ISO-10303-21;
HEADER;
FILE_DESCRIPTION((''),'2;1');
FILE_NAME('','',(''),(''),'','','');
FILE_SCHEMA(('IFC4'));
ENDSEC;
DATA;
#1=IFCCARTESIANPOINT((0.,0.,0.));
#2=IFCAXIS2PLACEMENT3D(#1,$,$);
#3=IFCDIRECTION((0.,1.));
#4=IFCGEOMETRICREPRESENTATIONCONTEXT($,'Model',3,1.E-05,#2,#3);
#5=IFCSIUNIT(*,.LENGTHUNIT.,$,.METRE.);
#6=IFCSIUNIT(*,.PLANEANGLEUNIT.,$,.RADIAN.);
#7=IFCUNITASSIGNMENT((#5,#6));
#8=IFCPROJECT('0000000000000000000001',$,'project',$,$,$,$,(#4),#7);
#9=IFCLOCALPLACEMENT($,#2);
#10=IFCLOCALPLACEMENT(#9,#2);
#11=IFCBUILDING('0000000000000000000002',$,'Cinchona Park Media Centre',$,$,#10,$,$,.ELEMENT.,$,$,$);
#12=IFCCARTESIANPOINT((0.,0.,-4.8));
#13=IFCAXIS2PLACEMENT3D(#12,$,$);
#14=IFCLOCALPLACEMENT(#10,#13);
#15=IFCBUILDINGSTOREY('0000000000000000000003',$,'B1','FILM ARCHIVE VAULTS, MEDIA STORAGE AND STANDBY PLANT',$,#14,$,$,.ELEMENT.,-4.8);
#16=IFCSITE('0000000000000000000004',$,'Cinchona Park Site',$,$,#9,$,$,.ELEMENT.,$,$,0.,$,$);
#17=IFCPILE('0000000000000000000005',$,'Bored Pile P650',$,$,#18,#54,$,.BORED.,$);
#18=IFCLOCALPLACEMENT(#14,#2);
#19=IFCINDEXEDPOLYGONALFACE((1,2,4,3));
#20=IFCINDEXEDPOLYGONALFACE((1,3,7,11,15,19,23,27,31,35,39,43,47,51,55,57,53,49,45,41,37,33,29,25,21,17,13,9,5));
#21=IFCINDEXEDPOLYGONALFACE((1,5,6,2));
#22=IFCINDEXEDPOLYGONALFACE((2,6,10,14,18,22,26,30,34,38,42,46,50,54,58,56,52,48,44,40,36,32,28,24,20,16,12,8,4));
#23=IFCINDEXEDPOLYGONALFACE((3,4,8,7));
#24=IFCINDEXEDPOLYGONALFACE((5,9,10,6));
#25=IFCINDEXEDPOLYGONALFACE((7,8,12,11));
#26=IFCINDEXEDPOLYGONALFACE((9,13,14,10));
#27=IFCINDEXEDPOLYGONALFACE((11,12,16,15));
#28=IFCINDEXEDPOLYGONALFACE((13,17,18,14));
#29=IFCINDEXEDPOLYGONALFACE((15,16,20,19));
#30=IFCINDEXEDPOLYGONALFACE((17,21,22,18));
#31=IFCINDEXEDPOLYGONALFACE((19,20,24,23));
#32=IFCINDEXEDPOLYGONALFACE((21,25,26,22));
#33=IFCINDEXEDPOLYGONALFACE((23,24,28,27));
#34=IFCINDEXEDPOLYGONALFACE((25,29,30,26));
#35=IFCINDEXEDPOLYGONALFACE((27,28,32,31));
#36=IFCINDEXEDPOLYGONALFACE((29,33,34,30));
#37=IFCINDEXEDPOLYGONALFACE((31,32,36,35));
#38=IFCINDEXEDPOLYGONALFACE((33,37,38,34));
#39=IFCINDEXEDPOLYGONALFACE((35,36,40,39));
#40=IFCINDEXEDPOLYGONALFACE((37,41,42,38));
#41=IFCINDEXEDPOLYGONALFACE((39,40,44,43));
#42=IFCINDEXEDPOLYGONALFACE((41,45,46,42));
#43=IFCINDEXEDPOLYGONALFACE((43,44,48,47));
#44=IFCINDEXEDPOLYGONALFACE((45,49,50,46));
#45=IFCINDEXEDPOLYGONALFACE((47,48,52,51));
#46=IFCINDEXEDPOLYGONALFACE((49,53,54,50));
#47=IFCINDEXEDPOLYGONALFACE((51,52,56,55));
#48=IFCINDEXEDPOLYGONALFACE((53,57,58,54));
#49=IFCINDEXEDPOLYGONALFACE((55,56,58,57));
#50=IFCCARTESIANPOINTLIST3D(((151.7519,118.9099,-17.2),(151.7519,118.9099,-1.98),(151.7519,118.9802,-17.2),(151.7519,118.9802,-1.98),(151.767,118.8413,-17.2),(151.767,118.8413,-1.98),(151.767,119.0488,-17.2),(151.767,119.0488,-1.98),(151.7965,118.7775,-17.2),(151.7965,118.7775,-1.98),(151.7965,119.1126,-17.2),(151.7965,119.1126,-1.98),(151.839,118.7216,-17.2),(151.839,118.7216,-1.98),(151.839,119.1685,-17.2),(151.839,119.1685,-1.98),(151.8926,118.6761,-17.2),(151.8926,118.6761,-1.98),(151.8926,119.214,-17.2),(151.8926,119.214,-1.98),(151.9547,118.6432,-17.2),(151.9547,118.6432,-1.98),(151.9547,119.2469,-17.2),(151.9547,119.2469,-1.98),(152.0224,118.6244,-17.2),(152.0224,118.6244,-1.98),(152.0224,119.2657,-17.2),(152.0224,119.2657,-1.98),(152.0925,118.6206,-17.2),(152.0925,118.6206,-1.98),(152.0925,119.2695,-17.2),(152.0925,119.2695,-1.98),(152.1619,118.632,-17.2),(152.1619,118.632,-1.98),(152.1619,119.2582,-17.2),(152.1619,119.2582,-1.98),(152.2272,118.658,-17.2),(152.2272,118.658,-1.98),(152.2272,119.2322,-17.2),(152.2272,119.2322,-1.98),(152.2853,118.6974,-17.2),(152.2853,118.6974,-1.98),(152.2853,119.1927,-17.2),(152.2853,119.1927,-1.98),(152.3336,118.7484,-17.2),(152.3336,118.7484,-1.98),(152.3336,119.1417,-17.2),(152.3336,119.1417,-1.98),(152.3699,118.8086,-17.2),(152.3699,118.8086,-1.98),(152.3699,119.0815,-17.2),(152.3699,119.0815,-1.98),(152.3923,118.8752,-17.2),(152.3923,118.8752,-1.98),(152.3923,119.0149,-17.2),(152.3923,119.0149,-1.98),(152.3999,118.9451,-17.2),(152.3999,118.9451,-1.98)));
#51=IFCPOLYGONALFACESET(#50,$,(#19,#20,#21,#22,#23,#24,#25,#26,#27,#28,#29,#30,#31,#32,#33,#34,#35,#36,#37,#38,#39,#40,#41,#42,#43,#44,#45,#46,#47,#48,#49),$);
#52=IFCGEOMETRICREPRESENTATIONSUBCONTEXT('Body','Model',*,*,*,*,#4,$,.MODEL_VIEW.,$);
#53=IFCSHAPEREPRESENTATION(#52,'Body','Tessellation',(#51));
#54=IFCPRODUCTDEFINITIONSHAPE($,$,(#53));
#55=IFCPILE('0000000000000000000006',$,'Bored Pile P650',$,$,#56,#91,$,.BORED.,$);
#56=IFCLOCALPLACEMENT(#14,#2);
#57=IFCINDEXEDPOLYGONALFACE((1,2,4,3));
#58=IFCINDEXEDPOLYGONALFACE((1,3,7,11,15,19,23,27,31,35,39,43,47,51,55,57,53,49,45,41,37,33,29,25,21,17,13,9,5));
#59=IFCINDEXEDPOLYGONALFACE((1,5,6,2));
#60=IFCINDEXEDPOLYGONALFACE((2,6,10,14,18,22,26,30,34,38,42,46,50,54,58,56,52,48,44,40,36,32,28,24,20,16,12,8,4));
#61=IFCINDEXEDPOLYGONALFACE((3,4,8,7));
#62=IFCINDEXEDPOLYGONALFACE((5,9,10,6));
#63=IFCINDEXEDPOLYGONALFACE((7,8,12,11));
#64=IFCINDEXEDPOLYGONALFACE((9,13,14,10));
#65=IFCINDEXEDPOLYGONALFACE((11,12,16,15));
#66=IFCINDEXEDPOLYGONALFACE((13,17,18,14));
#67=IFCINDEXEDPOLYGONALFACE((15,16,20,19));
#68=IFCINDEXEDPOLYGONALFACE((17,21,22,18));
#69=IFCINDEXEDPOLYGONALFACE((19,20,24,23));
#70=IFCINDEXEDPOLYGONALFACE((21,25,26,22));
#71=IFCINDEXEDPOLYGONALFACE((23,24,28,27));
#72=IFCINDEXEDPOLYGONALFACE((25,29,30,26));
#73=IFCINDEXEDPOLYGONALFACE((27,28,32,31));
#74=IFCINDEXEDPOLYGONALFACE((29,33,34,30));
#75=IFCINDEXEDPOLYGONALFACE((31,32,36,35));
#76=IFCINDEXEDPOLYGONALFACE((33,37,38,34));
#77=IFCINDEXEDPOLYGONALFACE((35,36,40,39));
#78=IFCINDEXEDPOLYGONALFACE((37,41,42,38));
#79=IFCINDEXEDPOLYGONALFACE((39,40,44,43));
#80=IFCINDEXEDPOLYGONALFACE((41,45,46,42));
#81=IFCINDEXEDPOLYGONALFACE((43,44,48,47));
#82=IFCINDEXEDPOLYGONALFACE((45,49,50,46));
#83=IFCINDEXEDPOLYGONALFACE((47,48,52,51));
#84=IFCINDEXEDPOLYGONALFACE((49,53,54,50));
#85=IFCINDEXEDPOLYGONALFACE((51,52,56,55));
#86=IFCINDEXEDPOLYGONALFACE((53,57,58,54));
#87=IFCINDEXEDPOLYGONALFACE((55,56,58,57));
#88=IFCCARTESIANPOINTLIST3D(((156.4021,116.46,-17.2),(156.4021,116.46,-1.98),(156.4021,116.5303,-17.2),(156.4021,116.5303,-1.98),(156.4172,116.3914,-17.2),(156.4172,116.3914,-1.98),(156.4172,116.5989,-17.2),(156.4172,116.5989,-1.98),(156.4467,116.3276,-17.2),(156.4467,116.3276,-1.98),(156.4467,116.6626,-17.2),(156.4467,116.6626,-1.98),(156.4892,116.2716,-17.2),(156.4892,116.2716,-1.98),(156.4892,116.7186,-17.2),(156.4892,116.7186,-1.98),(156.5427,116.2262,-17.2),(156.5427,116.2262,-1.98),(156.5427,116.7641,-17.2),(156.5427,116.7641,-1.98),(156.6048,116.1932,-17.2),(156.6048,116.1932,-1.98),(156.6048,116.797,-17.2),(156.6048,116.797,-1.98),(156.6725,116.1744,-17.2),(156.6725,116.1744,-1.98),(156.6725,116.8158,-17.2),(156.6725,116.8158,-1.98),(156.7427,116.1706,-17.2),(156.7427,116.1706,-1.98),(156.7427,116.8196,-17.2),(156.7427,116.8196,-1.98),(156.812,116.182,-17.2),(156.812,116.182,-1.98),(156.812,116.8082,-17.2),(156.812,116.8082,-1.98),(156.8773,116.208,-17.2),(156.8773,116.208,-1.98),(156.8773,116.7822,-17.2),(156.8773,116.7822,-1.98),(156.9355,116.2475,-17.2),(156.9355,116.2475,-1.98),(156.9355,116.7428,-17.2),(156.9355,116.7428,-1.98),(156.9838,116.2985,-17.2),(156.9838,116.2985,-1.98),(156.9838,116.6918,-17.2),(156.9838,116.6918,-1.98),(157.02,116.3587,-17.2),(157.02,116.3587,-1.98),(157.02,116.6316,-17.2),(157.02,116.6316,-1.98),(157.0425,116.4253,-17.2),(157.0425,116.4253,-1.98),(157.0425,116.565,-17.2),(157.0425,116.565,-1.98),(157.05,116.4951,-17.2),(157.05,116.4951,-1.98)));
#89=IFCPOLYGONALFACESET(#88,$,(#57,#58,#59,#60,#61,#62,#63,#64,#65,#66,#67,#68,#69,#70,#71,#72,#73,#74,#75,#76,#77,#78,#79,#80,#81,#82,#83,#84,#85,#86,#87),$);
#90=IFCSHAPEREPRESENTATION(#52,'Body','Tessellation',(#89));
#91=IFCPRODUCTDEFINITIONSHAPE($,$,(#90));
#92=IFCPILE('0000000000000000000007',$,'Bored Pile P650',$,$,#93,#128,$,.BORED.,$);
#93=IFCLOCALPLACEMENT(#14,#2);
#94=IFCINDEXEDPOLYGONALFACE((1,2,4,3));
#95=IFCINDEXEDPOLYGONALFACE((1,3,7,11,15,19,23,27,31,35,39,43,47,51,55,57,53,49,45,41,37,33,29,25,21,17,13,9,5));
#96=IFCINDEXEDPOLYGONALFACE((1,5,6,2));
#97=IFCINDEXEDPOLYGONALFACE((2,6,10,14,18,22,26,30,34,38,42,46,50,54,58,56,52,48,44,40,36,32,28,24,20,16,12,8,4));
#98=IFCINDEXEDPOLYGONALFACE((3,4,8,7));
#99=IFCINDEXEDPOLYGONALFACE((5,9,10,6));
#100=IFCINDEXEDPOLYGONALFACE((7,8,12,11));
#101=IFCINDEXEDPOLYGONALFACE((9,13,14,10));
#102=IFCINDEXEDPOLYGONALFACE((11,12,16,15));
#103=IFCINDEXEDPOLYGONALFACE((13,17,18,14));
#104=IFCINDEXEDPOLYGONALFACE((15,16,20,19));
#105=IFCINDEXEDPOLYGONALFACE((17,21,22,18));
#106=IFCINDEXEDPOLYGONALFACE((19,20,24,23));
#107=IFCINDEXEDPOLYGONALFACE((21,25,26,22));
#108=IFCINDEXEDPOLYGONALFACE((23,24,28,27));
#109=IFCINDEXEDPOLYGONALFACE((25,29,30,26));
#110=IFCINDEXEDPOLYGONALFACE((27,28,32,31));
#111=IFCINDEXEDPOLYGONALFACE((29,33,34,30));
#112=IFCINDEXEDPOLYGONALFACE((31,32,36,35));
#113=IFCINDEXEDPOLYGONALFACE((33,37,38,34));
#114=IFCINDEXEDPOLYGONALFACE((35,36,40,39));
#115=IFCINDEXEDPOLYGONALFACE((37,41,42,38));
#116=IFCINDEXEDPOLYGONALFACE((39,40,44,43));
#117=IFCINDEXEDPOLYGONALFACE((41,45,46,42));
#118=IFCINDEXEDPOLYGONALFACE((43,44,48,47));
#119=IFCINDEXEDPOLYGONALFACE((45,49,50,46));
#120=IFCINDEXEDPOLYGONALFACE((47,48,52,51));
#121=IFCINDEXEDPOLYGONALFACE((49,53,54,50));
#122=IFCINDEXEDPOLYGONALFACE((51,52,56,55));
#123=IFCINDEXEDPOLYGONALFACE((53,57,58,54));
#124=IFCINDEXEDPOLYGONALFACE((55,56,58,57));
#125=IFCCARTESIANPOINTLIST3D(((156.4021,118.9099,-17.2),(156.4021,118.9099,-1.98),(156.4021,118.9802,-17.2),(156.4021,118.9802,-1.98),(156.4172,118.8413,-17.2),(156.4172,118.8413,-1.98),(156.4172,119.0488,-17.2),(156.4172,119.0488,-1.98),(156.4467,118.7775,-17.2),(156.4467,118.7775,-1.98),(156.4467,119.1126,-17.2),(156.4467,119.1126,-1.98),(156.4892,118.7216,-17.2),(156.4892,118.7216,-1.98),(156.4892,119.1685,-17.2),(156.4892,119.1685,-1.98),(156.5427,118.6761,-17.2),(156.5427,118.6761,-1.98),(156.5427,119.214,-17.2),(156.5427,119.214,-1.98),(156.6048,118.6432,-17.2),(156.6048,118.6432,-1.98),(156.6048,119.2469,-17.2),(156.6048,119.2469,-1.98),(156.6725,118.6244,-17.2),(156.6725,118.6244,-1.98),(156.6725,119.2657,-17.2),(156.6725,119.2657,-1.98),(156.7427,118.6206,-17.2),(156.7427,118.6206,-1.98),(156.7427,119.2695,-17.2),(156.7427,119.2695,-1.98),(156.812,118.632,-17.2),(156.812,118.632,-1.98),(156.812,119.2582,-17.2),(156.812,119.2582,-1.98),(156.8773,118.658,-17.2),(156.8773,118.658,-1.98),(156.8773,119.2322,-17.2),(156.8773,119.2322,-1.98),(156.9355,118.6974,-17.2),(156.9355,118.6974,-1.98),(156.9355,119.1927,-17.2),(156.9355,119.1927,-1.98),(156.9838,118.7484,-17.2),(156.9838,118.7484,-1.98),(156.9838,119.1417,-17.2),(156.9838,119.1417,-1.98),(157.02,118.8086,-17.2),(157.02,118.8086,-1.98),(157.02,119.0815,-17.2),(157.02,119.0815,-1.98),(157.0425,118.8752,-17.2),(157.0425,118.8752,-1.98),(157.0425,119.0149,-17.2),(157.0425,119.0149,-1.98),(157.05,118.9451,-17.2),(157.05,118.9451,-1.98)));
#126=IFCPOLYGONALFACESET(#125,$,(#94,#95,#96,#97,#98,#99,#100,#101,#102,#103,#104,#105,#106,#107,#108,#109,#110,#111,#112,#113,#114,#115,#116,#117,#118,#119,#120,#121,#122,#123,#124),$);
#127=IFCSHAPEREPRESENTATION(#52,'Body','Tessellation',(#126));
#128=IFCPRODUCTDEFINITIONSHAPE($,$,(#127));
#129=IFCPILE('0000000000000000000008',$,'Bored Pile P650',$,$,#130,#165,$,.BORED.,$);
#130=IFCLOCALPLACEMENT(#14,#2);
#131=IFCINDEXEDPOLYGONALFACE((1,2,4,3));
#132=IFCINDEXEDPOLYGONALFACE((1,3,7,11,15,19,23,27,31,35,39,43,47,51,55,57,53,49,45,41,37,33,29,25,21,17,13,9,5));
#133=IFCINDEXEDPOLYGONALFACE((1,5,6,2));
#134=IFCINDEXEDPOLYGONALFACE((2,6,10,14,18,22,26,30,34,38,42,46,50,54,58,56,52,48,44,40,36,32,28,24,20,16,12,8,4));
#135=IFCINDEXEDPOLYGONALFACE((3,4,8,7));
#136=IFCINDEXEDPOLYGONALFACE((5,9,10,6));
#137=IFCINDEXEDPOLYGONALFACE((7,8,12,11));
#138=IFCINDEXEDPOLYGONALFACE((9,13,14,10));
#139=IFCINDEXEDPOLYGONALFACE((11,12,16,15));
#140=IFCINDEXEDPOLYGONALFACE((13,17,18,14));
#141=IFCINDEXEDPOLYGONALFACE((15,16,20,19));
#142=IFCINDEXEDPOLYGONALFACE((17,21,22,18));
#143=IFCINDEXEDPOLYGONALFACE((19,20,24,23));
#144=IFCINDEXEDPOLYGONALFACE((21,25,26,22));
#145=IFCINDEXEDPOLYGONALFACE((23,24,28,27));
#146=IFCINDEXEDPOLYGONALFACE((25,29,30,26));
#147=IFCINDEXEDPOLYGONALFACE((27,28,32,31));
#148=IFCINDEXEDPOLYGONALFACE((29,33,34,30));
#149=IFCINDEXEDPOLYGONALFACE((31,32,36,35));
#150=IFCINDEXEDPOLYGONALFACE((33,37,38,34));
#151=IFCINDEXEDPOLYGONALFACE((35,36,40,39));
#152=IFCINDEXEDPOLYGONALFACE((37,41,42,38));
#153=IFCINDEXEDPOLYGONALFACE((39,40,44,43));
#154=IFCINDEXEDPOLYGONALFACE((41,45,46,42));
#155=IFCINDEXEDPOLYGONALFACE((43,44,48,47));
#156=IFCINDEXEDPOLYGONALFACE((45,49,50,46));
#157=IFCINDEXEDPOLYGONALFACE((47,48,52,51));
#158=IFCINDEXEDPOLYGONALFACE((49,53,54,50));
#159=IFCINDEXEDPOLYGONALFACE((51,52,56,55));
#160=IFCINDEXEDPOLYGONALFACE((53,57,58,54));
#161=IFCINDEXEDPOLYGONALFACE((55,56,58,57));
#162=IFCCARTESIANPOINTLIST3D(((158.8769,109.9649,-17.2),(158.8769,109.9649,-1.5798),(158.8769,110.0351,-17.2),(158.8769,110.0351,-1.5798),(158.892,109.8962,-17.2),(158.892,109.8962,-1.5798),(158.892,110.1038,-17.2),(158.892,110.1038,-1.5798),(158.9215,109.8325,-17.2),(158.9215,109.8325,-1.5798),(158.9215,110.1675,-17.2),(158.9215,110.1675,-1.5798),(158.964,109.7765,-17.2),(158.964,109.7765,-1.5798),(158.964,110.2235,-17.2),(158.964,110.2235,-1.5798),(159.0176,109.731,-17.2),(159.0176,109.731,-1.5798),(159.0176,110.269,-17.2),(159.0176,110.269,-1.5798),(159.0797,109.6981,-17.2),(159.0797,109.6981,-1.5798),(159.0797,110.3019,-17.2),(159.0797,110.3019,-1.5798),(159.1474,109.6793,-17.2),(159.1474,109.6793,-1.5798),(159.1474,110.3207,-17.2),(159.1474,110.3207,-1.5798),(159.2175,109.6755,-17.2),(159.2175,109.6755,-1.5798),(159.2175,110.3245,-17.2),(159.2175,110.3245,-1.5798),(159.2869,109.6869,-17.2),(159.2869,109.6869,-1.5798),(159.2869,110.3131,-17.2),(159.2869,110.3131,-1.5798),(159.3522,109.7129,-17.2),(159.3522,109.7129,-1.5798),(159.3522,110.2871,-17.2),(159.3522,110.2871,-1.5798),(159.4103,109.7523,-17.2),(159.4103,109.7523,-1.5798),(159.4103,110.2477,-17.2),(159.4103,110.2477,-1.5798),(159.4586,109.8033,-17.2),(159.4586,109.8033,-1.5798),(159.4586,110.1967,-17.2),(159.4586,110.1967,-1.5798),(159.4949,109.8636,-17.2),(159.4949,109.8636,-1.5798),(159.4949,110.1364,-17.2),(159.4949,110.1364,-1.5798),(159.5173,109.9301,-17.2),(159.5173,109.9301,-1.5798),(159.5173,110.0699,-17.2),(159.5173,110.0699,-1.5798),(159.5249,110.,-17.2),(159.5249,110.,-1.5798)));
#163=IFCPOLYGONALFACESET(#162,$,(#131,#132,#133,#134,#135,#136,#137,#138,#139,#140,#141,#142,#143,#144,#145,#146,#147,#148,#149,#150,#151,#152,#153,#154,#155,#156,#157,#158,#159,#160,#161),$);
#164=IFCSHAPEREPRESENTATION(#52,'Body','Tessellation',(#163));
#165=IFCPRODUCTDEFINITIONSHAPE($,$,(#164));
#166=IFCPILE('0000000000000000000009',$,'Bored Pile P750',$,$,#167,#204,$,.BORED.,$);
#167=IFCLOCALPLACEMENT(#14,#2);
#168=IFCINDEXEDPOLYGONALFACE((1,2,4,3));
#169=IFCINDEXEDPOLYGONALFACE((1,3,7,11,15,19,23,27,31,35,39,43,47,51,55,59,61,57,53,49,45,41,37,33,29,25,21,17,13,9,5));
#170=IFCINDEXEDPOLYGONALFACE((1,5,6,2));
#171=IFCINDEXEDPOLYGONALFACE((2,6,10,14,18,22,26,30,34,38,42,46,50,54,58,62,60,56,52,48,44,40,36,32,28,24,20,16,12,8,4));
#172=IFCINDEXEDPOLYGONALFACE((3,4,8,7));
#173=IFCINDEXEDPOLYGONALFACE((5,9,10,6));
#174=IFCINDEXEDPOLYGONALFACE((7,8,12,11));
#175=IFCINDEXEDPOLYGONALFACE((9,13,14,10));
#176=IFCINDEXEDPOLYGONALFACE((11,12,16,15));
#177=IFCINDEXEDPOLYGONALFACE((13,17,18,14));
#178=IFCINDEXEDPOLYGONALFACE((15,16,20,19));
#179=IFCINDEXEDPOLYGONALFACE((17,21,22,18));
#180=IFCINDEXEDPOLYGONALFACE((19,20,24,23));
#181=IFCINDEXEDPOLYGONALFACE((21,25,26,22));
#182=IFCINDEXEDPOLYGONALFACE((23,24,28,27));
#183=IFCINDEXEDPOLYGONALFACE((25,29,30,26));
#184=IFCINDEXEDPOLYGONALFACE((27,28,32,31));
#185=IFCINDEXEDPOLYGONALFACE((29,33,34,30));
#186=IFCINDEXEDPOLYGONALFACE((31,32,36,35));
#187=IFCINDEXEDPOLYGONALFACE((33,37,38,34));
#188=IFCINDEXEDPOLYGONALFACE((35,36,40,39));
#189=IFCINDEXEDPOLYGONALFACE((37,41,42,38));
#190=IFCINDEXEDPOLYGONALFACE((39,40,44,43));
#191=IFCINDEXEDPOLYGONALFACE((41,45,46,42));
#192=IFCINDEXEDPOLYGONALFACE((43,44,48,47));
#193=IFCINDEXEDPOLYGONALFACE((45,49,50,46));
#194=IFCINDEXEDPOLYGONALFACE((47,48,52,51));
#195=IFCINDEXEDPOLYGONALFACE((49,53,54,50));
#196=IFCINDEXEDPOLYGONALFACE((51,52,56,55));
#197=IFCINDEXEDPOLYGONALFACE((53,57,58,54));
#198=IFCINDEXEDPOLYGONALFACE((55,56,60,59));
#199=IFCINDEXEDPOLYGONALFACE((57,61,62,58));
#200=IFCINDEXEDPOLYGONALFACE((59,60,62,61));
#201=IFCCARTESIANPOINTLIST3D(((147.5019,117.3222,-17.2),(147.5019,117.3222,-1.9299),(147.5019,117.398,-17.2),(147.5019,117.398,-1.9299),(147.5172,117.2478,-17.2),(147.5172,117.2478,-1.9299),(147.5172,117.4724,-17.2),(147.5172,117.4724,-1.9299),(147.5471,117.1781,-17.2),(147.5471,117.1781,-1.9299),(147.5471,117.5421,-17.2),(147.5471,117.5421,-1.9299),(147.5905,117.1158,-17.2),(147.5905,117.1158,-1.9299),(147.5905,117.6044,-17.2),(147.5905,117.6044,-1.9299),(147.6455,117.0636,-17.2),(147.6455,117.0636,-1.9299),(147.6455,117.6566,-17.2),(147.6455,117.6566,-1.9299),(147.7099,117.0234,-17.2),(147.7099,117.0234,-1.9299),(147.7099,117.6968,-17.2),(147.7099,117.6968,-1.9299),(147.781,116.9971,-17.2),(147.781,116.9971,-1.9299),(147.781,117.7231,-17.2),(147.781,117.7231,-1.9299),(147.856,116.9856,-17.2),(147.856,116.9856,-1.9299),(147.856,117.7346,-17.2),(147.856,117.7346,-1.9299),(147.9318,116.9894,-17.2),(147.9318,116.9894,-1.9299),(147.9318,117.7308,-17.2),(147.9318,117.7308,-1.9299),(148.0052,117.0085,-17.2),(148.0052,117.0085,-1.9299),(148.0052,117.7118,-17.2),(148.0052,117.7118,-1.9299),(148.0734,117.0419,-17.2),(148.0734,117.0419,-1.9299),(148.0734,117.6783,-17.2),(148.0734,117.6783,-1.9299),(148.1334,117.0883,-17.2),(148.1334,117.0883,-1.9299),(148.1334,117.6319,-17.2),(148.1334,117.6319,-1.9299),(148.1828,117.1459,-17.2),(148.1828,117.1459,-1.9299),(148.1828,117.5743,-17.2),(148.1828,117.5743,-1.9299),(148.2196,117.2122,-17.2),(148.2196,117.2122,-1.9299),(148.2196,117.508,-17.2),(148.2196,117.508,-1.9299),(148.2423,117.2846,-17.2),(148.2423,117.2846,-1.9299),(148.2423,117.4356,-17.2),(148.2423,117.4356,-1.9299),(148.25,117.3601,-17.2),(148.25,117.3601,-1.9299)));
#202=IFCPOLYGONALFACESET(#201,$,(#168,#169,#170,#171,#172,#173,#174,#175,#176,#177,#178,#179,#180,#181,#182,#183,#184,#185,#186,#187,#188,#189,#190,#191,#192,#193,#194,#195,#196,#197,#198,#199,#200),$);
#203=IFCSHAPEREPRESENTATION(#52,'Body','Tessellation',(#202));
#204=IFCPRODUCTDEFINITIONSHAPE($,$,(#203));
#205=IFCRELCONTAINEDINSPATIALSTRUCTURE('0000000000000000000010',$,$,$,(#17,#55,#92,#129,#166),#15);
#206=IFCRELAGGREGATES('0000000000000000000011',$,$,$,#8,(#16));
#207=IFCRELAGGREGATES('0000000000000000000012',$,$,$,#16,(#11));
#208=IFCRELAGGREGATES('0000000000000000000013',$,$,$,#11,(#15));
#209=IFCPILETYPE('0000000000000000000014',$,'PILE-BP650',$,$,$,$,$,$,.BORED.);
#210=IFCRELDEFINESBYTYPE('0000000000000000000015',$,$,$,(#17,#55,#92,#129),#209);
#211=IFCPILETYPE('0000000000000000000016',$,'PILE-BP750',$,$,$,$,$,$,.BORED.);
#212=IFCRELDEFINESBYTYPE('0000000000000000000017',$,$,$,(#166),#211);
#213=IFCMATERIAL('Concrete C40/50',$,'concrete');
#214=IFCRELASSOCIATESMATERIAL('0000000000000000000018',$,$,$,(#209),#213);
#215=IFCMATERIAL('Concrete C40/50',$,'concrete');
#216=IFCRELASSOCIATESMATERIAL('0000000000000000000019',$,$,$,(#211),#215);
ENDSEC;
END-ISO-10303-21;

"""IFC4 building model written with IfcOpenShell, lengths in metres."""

from ifc_helpers import new_model, si_unit, direction, frame, origin, origin_2d, place, context, subcontext, project, spatial, circle, extrude, material, material_profile, profile_set, type_object, element, save


model = new_model("IFC4")

# Units and contexts
model_context = context("Model", 3, precision=1e-05, world=origin(), true_north=direction((0.0, 1.0)))
body_context = subcontext(model_context, "Body", "Model", "MODEL_VIEW")
ifc_project = project(units=[si_unit("LENGTHUNIT", "METRE"), si_unit("PLANEANGLEUNIT", "RADIAN")], contexts=[model_context])

# Site, building, storey
site_placement = place(None, origin())
site = spatial("IfcSite", under=ifc_project, at=site_placement, Name="Cinchona Park Site", CompositionType="ELEMENT", RefElevation=0.0)
building_placement = place(site_placement, origin())
building = spatial("IfcBuilding", under=site, at=building_placement, Name="Cinchona Park Media Centre", CompositionType="ELEMENT")
storey_placement = place(building_placement, frame((0.0, 0.0, -4.8)))
storey = spatial("IfcBuildingStorey", under=building, at=storey_placement, Name="B1", Description="FILM ARCHIVE VAULTS, MEDIA STORAGE AND STANDBY PLANT", CompositionType="ELEMENT", Elevation=-4.8)

# Piles
ifc_material_1 = material(Name="Concrete C40/50", Category="concrete")
ifc_material_profile_1 = material_profile(ifc_material_1, circle(Radius=0.325, at=origin_2d()), Name="BORED PILE 650")
ifc_profile_set_1 = profile_set([ifc_material_profile_1], Name="Concrete C40/50")
pile_type_1 = type_object("IfcPileType", Name="PILE-BP650", PredefinedType="BORED", material=ifc_profile_set_1)
for number, where, z_axis, x_axis, name in (
    (1, (152.075, 118.9451, -1.98), (0.0, 0.0, -1.0), (1.0, 0.0, 0.0), "Bored Pile P650"),
    (2, (156.7251, 116.4951, -1.98), (0.0, 0.0, -1.0), (1.0, 0.0, 0.0), "Bored Pile P650"),
    (3, (156.7251, 118.9451, -1.98), (0.0, 0.0, -1.0), (1.0, 0.0, 0.0), "Bored Pile P650"),
):
    element("IfcPile", number, at=place(storey_placement, frame(where, z_axis=z_axis, x_axis=x_axis)), inside=storey, type_object=pile_type_1, Name=name, PredefinedType="BORED", context=body_context, shape_type="SweptSolid", body=[
        extrude(circle(Radius=0.325, at=origin_2d()), origin(), (0.0, 0.0, 1.0), 15.22),
    ])
pile_1_placement = place(storey_placement, frame((159.2, 110.0, -1.5798), z_axis=(0.0, 0.0, -1.0), x_axis=(1.0, 0.0, 0.0)))
element("IfcPile", 4, at=pile_1_placement, inside=storey, type_object=pile_type_1, Name="Bored Pile P650", PredefinedType="BORED", context=body_context, shape_type="SweptSolid", body=[
    extrude(circle(Radius=0.325, at=origin_2d()), origin(), (0.0, 0.0, 1.0), 15.6201),
])
ifc_material_2 = material(Name="Concrete C40/50", Category="concrete")
ifc_material_profile_2 = material_profile(ifc_material_2, circle(Radius=0.375, at=origin_2d()), Name="BORED PILE 750")
ifc_profile_set_2 = profile_set([ifc_material_profile_2], Name="Concrete C40/50")
pile_type_2 = type_object("IfcPileType", Name="PILE-BP750", PredefinedType="BORED", material=ifc_profile_set_2)
pile_2_placement = place(storey_placement, frame((147.875, 117.3601, -1.9299), z_axis=(0.0, 0.0, -1.0), x_axis=(1.0, 0.0, 0.0)))
element("IfcPile", 5, at=pile_2_placement, inside=storey, type_object=pile_type_2, Name="Bored Pile P750", PredefinedType="BORED", context=body_context, shape_type="SweptSolid", body=[
    extrude(circle(Radius=0.375, at=origin_2d()), origin(), (0.0, 0.0, 1.0), 15.27),
])

save(model, "model.ifc")
